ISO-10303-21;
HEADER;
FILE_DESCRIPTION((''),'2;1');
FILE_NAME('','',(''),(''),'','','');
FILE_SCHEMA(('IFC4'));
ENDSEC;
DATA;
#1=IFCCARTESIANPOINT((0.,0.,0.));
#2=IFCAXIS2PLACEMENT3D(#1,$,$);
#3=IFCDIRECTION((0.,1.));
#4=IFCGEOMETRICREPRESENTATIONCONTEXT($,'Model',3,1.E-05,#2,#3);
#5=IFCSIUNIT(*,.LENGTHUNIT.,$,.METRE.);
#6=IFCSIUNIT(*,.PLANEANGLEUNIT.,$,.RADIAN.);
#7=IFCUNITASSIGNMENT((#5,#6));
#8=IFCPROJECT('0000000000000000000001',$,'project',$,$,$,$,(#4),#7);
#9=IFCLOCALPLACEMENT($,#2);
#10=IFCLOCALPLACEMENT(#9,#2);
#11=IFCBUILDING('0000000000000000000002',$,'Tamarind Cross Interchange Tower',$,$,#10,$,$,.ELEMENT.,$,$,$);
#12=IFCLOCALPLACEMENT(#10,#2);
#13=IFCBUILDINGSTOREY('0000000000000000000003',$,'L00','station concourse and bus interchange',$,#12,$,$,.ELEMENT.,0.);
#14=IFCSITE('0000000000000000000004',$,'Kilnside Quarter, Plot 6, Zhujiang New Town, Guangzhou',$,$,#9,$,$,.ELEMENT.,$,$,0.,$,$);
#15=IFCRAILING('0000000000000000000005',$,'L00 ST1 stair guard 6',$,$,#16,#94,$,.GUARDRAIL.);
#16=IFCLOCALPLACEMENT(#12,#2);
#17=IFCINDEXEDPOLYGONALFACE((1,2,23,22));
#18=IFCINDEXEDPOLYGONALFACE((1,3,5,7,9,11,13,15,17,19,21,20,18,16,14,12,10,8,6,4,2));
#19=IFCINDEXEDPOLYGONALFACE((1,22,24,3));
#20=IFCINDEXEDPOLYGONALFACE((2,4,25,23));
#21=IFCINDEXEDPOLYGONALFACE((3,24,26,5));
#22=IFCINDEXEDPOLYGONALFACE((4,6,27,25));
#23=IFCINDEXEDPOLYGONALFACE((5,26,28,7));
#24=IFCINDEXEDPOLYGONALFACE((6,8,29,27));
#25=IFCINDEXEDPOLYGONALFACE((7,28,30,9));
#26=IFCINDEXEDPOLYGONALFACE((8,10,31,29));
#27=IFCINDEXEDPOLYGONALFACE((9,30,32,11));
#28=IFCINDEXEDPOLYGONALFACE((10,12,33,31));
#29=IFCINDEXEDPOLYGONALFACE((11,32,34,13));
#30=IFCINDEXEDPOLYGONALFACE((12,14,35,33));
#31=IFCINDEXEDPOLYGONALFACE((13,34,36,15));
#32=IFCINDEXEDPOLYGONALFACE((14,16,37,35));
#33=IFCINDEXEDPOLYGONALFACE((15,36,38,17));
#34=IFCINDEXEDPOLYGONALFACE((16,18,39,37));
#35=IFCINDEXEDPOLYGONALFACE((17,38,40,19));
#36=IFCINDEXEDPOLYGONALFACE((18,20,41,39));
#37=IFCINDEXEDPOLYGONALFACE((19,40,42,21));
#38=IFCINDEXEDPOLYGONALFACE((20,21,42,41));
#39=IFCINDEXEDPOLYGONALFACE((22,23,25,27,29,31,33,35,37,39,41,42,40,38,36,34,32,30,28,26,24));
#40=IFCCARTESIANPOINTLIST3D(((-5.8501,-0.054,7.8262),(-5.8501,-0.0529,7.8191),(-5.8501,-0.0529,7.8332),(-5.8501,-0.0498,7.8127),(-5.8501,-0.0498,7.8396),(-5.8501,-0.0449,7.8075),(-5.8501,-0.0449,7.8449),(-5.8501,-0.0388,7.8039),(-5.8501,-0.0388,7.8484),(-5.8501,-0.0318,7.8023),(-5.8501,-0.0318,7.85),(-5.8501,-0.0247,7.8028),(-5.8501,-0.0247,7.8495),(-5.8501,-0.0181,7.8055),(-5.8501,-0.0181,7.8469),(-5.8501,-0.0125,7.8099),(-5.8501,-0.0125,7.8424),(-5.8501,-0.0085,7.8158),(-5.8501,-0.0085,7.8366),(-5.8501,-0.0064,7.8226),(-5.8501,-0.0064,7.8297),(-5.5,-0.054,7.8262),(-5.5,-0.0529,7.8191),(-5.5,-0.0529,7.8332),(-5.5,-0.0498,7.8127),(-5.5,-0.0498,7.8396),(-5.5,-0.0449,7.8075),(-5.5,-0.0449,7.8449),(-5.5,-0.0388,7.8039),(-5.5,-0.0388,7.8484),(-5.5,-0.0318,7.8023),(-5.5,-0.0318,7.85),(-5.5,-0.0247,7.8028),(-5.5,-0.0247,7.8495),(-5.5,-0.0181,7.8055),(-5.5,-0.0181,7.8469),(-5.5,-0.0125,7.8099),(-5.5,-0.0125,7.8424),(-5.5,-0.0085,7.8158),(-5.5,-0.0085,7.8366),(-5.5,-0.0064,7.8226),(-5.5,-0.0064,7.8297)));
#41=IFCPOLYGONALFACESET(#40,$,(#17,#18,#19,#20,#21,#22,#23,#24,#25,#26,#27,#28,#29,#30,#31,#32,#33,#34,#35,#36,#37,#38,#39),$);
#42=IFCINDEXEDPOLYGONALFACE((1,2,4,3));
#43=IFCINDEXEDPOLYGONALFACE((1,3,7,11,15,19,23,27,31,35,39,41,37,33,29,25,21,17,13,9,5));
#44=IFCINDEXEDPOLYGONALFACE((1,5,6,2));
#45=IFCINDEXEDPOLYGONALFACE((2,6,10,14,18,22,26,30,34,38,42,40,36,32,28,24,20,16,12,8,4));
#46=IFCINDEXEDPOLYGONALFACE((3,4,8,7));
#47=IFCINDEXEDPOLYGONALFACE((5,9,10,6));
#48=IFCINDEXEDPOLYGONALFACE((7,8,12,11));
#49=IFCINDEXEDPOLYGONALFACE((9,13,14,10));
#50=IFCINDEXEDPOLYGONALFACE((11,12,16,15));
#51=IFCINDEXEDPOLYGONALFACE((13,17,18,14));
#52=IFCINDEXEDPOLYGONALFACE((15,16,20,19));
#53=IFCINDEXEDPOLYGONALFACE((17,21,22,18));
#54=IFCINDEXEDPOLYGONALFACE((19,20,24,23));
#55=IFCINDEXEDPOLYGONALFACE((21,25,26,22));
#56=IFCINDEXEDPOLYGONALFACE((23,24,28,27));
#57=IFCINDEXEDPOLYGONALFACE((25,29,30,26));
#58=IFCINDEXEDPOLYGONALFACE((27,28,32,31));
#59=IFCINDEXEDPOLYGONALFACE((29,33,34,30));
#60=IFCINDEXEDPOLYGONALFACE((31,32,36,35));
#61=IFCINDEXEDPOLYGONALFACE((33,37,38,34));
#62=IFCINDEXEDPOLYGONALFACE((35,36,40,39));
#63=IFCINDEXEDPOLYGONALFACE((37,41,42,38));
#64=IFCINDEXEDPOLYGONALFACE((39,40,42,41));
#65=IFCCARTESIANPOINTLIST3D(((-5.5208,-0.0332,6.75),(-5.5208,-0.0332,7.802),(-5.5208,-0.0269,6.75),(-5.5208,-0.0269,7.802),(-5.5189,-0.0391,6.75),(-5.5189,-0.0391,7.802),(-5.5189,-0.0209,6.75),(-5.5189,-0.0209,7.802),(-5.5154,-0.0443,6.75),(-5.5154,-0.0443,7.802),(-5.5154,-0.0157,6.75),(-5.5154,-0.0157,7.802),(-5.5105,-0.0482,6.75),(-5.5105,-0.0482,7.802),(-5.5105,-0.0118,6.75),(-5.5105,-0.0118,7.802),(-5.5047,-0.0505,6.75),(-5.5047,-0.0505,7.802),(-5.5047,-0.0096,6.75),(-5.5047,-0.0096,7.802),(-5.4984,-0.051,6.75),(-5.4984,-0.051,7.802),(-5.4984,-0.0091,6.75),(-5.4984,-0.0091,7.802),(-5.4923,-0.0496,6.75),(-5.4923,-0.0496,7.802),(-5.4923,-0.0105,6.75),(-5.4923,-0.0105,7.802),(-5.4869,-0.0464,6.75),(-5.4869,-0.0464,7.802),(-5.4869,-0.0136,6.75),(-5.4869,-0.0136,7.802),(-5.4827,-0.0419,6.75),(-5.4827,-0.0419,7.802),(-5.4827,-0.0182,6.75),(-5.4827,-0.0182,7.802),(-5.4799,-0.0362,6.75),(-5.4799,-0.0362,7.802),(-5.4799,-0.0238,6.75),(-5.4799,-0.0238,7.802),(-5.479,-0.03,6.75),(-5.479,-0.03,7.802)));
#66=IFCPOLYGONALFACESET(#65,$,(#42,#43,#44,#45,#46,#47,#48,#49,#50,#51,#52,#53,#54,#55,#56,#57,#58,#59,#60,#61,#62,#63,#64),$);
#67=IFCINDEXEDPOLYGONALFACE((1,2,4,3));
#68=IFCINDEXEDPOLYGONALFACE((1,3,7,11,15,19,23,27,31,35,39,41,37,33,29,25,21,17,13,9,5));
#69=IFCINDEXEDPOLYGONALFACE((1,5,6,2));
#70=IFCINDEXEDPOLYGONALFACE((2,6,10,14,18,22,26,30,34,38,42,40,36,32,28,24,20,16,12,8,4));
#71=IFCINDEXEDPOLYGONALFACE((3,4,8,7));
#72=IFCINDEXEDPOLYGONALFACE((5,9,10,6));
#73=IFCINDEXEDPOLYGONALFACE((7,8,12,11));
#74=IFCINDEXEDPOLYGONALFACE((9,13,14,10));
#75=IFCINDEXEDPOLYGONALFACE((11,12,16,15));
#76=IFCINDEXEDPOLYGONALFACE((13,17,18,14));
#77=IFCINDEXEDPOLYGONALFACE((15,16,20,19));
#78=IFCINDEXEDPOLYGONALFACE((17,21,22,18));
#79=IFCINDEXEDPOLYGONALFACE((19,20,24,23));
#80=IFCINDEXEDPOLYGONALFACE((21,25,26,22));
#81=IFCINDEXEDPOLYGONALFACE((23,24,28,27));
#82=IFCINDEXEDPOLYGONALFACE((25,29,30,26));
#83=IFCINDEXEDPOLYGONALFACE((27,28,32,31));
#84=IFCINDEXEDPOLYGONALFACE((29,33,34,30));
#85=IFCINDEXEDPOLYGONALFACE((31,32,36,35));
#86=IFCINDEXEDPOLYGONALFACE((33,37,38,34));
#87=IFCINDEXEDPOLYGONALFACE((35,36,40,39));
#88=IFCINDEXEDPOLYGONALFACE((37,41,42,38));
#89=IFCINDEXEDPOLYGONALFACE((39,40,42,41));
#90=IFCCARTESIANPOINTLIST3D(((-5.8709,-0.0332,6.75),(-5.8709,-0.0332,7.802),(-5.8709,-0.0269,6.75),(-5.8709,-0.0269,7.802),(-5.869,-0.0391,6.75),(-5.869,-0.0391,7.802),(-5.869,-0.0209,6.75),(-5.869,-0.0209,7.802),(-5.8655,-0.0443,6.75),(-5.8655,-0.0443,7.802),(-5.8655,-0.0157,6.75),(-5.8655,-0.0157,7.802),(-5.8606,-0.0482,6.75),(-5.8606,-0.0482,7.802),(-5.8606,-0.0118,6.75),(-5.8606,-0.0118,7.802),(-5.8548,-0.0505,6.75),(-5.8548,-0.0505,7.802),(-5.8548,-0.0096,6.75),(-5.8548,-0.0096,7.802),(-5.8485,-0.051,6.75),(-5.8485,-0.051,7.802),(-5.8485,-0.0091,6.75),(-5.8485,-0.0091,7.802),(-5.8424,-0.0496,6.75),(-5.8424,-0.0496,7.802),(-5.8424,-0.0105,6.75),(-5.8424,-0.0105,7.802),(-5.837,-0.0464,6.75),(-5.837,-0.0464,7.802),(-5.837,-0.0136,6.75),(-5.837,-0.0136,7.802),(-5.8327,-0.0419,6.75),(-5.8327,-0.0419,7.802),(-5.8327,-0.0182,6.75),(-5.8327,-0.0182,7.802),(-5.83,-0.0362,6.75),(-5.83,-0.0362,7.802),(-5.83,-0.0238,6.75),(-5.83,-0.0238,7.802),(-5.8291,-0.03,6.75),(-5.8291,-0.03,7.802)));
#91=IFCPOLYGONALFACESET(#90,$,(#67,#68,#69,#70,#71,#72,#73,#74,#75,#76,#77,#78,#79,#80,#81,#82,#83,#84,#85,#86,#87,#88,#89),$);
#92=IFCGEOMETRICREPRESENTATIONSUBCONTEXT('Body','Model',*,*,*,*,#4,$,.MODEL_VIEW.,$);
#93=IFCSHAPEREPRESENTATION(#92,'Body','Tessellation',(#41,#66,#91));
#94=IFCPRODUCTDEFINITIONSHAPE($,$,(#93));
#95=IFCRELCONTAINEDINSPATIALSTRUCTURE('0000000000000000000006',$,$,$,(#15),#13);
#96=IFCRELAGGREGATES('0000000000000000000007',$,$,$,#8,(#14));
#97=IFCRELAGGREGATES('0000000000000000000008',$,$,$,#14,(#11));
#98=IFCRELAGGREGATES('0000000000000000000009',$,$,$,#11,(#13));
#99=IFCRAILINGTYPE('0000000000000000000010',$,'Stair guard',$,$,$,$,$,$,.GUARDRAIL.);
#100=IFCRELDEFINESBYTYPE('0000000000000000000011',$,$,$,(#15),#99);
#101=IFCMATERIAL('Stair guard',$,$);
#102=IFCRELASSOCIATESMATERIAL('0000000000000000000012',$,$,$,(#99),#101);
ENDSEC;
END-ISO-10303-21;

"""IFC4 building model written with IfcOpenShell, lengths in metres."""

from ifc_helpers import new_model, si_unit, direction, frame, origin, origin_2d, place, context, subcontext, project, spatial, circle, extrude, material, type_object, element, save


model = new_model("IFC4")

# Units and contexts
model_context = context("Model", 3, precision=1e-05, world=origin(), true_north=direction((0.0, 1.0)))
body_context = subcontext(model_context, "Body", "Model", "MODEL_VIEW")
ifc_project = project(units=[si_unit("LENGTHUNIT", "METRE"), si_unit("PLANEANGLEUNIT", "RADIAN")], contexts=[model_context])

# Site, building, storey
site_placement = place(None, origin())
site = spatial("IfcSite", under=ifc_project, at=site_placement, Name="Kilnside Quarter, Plot 6, Zhujiang New Town, Guangzhou", CompositionType="ELEMENT", RefElevation=0.0)
building_placement = place(site_placement, origin())
building = spatial("IfcBuilding", under=site, at=building_placement, Name="Tamarind Cross Interchange Tower", CompositionType="ELEMENT")
storey_placement = place(building_placement, origin())
storey = spatial("IfcBuildingStorey", under=building, at=storey_placement, Name="L00", Description="station concourse and bus interchange", CompositionType="ELEMENT", Elevation=0.0)

# Railing
ifc_material_1 = material(Name="Stair guard")
railing_type_1 = type_object("IfcRailingType", Name="Stair guard", PredefinedType="GUARDRAIL", material=ifc_material_1)
railing_1_placement = place(storey_placement, frame((-5.5, -0.03, 6.75)))
element("IfcRailing", 1, at=railing_1_placement, inside=storey, type_object=railing_type_1, Name="L00 ST1 stair guard 6", PredefinedType="GUARDRAIL", context=body_context, shape_type="SweptSolid", body=[
    extrude(circle(Radius=0.0239, at=origin_2d()), frame((0.0, 0.0, 1.0762), z_axis=(-1.0, 0.0, 0.0), x_axis=(0.0, -1.0, 0.0)), (0.0, 0.0, 1.0), 0.3501),
    extrude(circle(Radius=0.021, at=origin_2d()), origin(), (0.0, 0.0, 1.0), 1.052),
    extrude(circle(Radius=0.021, at=origin_2d()), frame((-0.3501, 0.0, 0.0)), (0.0, 0.0, 1.0), 1.052),
])

save(model, "model.ifc")
